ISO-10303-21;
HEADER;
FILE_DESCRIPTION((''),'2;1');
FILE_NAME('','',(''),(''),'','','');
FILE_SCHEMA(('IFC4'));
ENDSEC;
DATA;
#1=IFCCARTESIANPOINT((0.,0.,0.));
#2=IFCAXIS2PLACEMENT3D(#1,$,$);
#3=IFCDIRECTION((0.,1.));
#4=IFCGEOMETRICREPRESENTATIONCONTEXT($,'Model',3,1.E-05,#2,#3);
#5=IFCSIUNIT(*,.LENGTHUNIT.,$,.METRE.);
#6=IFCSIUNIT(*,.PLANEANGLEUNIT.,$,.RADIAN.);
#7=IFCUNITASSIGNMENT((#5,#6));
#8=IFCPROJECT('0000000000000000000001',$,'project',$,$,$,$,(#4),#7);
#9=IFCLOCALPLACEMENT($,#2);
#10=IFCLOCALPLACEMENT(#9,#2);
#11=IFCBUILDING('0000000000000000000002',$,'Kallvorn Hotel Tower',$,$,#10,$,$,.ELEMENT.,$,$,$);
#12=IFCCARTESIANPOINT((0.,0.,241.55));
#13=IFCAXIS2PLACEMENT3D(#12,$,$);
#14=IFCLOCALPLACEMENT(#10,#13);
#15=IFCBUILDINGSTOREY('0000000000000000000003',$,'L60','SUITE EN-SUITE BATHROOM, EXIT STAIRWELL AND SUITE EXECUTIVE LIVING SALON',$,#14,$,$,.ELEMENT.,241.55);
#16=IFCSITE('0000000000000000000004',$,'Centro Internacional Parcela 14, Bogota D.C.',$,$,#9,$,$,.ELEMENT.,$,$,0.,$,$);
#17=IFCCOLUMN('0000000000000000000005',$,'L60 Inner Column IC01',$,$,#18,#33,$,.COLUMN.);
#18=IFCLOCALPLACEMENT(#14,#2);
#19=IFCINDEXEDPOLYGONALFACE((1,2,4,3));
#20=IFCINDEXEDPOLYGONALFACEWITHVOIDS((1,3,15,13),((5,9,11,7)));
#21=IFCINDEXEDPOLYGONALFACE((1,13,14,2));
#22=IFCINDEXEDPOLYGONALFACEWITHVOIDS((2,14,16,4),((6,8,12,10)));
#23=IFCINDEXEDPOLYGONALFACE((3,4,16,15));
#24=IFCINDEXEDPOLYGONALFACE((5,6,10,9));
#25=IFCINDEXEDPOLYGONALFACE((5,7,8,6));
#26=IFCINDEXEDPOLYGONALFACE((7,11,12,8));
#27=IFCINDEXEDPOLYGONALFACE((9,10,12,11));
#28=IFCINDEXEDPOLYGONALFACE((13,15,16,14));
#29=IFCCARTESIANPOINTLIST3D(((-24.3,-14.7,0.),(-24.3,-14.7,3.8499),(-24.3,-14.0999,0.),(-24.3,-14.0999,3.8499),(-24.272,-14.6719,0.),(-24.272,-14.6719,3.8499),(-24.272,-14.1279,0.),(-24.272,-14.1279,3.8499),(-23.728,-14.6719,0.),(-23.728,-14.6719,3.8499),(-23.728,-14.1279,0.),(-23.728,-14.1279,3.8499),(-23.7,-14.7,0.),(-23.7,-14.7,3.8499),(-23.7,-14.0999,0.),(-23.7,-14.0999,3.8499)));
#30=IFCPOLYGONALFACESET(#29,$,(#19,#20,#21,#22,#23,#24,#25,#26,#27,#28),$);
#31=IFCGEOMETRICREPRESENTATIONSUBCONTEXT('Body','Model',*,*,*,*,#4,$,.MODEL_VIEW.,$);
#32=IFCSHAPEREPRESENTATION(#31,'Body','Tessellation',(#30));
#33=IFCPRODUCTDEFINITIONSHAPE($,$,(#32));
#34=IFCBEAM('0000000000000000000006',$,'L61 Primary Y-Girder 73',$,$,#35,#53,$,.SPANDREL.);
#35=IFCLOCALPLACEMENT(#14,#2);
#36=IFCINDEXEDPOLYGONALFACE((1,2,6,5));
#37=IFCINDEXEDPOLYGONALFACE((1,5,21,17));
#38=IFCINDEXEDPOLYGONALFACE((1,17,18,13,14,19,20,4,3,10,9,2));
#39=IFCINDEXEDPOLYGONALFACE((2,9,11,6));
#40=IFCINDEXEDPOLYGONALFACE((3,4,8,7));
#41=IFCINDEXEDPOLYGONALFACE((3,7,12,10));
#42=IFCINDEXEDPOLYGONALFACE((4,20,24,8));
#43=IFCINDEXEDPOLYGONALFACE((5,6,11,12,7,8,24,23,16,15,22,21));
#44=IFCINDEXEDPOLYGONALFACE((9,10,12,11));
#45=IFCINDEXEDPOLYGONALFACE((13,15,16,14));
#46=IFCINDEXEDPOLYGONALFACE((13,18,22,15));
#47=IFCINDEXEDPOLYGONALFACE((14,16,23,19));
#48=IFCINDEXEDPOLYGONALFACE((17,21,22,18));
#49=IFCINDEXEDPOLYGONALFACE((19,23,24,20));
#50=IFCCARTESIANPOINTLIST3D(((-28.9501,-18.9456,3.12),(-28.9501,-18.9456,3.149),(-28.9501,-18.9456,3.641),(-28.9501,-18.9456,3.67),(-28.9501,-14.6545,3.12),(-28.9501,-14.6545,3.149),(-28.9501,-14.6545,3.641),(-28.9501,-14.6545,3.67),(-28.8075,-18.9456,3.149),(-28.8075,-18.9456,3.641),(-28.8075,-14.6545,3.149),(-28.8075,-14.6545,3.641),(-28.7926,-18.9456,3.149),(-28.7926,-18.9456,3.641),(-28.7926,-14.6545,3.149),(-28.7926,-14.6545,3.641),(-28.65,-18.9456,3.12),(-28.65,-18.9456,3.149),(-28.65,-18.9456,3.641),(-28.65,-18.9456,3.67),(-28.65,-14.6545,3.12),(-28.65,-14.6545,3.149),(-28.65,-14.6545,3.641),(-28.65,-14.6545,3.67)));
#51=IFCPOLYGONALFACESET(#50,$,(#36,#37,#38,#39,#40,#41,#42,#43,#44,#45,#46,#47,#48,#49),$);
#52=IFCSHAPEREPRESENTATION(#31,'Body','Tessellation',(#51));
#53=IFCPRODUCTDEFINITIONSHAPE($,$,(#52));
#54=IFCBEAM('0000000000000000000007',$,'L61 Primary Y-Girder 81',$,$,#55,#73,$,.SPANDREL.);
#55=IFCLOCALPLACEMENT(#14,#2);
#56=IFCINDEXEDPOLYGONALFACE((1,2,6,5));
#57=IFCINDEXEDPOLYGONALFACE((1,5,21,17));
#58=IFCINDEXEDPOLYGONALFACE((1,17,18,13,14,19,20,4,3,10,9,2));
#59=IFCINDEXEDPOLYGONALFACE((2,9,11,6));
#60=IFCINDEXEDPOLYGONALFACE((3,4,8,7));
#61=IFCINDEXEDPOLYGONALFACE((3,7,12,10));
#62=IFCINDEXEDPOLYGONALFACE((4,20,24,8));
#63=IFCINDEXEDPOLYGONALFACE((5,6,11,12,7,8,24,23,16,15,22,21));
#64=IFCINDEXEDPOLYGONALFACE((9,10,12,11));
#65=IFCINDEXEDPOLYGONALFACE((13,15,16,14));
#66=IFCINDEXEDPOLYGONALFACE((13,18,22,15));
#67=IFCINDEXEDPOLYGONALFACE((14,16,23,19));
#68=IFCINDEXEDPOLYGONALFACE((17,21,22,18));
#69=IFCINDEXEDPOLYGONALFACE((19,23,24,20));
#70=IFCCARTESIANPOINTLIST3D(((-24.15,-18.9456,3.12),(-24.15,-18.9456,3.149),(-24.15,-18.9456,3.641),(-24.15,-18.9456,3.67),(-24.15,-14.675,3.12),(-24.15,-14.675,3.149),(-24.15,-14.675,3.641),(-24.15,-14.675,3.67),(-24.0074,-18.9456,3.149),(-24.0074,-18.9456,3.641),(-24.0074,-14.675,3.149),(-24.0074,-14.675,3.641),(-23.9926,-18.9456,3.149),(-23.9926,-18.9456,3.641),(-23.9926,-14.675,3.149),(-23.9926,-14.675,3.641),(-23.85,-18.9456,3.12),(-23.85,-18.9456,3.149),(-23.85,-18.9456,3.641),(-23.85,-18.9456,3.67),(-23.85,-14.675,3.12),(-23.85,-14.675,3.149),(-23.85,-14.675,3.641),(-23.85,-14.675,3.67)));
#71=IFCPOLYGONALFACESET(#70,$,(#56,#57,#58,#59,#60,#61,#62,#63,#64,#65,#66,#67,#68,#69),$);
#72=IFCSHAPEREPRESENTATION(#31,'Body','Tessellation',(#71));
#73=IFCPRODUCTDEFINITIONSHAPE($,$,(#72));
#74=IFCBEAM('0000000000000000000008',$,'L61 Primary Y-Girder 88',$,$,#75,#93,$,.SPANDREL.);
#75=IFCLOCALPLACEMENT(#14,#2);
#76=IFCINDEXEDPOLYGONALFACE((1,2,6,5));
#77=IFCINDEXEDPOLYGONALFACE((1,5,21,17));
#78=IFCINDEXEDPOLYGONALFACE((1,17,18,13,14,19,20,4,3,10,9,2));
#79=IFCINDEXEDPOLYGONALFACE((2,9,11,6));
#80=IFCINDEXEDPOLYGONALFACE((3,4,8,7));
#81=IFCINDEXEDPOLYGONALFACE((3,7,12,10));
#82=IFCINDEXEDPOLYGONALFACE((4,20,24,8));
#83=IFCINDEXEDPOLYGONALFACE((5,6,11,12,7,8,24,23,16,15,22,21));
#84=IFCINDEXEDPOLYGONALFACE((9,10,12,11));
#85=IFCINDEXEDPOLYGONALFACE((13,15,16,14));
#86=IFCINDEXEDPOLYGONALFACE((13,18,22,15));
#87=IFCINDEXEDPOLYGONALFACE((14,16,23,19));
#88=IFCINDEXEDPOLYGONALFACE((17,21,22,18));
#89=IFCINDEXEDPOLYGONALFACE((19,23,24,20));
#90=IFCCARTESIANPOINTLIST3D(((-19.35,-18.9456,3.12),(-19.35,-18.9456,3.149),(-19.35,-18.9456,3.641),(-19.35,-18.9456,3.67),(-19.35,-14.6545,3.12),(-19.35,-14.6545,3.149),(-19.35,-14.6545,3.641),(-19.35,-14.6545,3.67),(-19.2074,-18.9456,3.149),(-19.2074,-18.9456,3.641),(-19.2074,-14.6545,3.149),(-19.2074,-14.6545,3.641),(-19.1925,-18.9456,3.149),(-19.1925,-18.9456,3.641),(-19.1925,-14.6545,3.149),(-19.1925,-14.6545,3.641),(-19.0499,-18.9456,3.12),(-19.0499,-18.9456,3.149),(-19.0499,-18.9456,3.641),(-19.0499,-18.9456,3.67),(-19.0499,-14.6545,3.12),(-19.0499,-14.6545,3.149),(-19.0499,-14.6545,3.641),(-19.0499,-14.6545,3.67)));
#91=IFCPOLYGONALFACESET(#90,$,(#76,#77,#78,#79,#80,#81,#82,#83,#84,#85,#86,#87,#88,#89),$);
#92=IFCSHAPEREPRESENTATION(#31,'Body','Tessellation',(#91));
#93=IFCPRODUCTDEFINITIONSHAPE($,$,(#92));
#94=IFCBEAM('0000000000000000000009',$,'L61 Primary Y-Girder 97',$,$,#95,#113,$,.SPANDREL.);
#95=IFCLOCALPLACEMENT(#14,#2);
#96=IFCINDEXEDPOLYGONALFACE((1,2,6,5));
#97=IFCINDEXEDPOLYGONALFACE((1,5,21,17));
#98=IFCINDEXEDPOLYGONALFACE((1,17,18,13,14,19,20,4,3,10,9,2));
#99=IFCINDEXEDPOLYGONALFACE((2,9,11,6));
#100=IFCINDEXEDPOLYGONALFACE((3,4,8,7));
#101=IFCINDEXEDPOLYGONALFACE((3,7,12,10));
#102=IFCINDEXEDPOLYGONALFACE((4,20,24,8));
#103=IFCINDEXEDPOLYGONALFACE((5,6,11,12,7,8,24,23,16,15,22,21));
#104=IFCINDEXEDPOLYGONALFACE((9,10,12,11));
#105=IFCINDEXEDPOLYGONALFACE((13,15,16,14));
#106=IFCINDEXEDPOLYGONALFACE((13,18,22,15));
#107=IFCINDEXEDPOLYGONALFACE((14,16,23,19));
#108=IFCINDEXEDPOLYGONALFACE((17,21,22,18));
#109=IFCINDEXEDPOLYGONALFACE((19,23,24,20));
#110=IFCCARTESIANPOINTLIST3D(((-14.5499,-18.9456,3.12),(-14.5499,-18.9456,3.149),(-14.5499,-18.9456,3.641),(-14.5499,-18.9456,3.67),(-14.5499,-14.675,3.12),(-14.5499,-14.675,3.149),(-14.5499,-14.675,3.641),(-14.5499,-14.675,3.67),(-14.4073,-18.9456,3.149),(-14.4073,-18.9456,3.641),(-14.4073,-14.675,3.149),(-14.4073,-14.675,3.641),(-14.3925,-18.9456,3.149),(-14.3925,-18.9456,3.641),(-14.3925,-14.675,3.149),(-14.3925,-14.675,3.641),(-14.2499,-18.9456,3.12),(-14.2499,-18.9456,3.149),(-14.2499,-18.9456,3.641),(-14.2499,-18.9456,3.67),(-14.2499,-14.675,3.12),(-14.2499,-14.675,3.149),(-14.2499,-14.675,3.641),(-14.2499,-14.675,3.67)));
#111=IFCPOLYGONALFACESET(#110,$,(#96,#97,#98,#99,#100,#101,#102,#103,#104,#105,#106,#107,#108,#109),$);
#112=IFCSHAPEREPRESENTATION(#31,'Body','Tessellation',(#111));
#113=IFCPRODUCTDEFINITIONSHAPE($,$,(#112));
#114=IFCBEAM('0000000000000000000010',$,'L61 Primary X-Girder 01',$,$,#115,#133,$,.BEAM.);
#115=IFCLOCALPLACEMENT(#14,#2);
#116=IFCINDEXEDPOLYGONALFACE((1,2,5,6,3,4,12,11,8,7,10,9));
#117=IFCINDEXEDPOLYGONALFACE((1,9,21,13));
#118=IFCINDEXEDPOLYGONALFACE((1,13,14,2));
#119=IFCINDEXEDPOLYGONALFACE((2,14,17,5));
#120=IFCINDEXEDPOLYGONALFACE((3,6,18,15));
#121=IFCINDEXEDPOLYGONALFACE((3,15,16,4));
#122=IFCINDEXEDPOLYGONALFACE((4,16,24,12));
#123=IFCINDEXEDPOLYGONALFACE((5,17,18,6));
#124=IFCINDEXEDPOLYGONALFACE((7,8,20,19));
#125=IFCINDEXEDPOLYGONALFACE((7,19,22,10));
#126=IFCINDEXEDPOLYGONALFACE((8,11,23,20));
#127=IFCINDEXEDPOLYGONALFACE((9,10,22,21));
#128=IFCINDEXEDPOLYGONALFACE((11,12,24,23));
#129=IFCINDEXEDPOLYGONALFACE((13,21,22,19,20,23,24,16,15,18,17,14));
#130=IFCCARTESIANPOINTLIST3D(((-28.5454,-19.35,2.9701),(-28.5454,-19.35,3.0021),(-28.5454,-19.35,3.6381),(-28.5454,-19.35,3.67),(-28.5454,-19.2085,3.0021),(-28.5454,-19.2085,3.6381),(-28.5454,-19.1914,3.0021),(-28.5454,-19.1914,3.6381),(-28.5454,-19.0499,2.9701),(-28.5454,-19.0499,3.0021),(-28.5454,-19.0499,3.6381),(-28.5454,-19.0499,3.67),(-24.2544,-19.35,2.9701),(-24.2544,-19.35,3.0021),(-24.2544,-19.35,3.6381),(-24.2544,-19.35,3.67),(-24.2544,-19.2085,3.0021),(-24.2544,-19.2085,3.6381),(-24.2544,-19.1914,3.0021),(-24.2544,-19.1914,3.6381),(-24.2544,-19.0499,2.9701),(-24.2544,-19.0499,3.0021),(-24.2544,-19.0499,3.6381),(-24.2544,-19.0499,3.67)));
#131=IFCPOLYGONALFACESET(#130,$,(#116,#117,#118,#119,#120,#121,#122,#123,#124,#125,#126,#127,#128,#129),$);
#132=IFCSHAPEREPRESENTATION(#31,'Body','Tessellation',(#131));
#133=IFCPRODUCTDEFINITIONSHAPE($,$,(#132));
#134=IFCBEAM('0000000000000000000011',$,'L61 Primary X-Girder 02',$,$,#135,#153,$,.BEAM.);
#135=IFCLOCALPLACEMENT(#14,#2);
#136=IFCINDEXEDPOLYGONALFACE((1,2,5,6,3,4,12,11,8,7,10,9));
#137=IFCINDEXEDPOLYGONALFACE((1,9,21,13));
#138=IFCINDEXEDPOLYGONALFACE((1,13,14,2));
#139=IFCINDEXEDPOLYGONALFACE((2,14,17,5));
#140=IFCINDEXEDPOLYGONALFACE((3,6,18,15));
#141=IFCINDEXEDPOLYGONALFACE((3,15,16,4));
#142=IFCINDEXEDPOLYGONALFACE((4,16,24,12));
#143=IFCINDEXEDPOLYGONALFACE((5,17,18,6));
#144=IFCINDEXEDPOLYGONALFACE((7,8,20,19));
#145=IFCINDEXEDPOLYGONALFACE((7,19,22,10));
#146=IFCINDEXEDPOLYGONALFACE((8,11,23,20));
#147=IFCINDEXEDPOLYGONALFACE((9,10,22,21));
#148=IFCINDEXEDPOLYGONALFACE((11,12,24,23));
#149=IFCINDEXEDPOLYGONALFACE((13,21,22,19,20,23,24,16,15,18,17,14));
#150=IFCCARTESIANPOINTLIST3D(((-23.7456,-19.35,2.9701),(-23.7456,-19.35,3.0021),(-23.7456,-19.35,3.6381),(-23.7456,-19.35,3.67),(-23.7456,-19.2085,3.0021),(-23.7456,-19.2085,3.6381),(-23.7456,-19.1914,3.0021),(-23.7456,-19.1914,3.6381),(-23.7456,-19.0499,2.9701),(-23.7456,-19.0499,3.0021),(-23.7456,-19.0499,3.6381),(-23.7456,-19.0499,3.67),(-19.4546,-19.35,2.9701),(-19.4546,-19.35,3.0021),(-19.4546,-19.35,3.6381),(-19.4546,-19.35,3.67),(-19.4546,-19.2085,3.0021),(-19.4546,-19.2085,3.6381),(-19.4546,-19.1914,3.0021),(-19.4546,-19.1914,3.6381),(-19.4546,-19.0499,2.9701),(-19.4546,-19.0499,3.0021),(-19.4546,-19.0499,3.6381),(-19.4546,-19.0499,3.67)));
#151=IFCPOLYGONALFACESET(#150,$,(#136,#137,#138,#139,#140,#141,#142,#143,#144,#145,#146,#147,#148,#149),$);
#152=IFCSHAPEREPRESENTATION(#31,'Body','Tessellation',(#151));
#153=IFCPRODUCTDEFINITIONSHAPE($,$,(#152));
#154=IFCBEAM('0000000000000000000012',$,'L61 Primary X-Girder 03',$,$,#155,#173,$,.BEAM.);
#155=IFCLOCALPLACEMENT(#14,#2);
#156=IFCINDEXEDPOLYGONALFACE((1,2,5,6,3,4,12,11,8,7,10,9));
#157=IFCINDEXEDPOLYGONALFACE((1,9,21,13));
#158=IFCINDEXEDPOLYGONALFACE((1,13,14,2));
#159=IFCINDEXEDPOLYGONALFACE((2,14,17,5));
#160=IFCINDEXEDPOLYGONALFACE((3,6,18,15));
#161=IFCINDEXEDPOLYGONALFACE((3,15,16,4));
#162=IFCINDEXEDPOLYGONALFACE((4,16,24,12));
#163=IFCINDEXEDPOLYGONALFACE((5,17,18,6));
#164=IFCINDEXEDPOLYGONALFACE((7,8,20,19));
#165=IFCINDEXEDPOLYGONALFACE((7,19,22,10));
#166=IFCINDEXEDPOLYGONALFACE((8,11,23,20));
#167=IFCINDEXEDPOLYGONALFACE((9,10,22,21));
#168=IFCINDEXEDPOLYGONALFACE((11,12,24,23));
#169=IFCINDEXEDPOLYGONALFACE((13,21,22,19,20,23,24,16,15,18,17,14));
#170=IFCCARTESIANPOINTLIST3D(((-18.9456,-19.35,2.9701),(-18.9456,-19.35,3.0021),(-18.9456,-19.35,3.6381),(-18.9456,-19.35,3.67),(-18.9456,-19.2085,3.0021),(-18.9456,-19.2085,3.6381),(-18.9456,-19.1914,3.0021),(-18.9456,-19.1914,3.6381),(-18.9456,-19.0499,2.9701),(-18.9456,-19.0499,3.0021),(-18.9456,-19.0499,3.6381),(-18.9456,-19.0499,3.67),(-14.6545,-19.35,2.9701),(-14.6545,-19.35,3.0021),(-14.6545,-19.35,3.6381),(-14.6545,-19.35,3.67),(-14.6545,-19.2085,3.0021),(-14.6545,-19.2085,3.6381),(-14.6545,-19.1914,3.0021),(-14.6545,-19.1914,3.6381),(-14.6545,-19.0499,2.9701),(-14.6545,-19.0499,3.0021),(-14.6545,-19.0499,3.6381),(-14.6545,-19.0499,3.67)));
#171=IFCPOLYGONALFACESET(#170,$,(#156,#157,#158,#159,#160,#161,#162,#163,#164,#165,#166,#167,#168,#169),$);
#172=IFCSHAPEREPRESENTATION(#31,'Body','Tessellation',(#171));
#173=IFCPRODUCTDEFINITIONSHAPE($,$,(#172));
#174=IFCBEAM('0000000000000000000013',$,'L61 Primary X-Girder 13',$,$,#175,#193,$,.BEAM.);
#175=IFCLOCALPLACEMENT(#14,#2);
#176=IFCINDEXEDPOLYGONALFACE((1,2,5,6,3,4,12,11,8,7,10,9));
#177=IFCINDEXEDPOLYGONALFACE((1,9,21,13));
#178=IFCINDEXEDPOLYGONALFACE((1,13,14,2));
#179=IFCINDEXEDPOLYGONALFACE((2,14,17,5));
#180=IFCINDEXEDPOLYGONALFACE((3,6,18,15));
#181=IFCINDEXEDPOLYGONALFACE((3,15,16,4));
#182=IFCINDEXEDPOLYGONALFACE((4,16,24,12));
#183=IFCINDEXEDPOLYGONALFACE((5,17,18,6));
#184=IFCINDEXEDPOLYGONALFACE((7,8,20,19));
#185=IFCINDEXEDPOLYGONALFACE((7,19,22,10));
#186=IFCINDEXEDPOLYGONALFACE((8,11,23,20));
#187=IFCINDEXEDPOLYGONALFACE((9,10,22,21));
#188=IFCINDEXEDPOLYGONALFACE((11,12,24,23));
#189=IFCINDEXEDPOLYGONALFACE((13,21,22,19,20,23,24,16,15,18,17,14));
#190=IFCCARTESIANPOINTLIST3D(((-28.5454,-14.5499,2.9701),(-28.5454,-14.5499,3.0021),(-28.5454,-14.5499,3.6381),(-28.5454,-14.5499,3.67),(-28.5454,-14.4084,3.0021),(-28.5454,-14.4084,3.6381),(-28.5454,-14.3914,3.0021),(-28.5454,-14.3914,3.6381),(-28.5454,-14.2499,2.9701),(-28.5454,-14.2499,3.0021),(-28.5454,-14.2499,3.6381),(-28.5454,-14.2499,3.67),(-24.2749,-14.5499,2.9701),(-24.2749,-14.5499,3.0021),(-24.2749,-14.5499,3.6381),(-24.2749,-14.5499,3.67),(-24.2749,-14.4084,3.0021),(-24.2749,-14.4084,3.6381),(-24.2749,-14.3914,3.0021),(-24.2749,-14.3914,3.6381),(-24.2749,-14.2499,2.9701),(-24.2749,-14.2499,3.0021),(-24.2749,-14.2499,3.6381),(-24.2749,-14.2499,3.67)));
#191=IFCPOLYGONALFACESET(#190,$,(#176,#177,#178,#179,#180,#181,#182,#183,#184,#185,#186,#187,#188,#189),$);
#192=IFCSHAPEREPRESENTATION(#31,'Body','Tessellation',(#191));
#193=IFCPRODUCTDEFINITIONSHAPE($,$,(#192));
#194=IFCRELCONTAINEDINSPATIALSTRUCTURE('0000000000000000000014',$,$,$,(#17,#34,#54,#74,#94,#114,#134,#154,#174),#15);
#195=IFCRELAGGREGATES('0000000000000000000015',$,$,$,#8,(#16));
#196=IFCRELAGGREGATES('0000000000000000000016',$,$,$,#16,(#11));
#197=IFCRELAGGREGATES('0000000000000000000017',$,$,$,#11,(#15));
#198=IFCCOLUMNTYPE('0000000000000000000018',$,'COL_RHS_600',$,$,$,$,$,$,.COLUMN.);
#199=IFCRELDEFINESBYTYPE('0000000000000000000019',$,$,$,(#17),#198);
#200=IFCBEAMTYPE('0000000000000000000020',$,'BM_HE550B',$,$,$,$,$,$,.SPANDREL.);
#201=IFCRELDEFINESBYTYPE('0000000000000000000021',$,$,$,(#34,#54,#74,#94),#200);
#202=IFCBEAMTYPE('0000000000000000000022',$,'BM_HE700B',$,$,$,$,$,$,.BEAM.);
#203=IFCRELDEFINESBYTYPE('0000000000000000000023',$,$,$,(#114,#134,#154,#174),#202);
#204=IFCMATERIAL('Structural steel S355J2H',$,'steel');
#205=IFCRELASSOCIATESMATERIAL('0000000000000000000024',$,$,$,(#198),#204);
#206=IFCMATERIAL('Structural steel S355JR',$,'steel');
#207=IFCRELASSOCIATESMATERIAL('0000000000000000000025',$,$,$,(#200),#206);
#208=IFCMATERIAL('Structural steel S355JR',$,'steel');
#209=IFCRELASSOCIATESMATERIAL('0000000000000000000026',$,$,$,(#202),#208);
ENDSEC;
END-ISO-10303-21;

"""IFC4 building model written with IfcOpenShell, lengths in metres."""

from ifc_helpers import new_model, si_unit, direction, frame, origin, origin_2d, place, context, subcontext, project, spatial, hollow_rectangle, i_section, extrude, material, material_profile, profile_set, type_object, element, save


model = new_model("IFC4")

# Units and contexts
model_context = context("Model", 3, precision=1e-05, world=origin(), true_north=direction((0.0, 1.0)))
body_context = subcontext(model_context, "Body", "Model", "MODEL_VIEW")
ifc_project = project(units=[si_unit("LENGTHUNIT", "METRE"), si_unit("PLANEANGLEUNIT", "RADIAN")], contexts=[model_context])

# Site, building, storey
site_placement = place(None, origin())
site = spatial("IfcSite", under=ifc_project, at=site_placement, Name="Centro Internacional Parcela 14, Bogota D.C.", CompositionType="ELEMENT", RefElevation=0.0)
building_placement = place(site_placement, origin())
building = spatial("IfcBuilding", under=site, at=building_placement, Name="Kallvorn Hotel Tower", CompositionType="ELEMENT")
storey_placement = place(building_placement, frame((0.0, 0.0, 241.55)))
storey = spatial("IfcBuildingStorey", under=building, at=storey_placement, Name="L60", Description="SUITE EN-SUITE BATHROOM, EXIT STAIRWELL AND SUITE EXECUTIVE LIVING SALON", CompositionType="ELEMENT", Elevation=241.55)

# Column
ifc_material_1 = material(Name="Structural steel S355J2H", Category="steel")
ifc_material_profile_1 = material_profile(ifc_material_1, hollow_rectangle(XDim=0.6001, YDim=0.6001, WallThickness=0.0281, at=origin_2d()), Name="RHS 600x600x28")
ifc_profile_set_1 = profile_set([ifc_material_profile_1], Name="Structural steel S355J2H")
column_type_1 = type_object("IfcColumnType", Name="COL_RHS_600", PredefinedType="COLUMN", material=ifc_profile_set_1)
column_placement = place(storey_placement, frame((-24.0, -14.3999, 0.0), z_axis=(0.0, 0.0, 1.0), x_axis=(1.0, 0.0, 0.0)))
element("IfcColumn", 1, at=column_placement, inside=storey, type_object=column_type_1, Name="L60 Inner Column IC01", PredefinedType="COLUMN", context=body_context, shape_type="SweptSolid", body=[
    extrude(hollow_rectangle(XDim=0.6001, YDim=0.6001, WallThickness=0.0281, at=origin_2d()), origin(), (0.0, 0.0, 1.0), 3.8499),
])

# Beams
ifc_material_2 = material(Name="Structural steel S355JR", Category="steel")
ifc_material_profile_2 = material_profile(ifc_material_2, i_section(OverallWidth=0.3, OverallDepth=0.55, WebThickness=0.0149, FlangeThickness=0.0291, at=origin_2d()), Name="HE 550 B")
ifc_profile_set_2 = profile_set([ifc_material_profile_2], Name="Structural steel S355JR")
beam_type_1 = type_object("IfcBeamType", Name="BM_HE550B", PredefinedType="SPANDREL", material=ifc_profile_set_2)
beam_1_placement = place(storey_placement, frame((-28.8, -18.9456, 3.395), z_axis=(0.0, 1.0, 0.0), x_axis=(-1.0, 0.0, 0.0)))
element("IfcBeam", 2, at=beam_1_placement, inside=storey, type_object=beam_type_1, Name="L61 Primary Y-Girder 73", PredefinedType="SPANDREL", context=body_context, shape_type="SweptSolid", body=[
    extrude(i_section(OverallWidth=0.3, OverallDepth=0.55, WebThickness=0.0149, FlangeThickness=0.0291, at=origin_2d()), origin(), (0.0, 0.0, 1.0), 4.291),
])
beam_2_placement = place(storey_placement, frame((-24.0, -18.9456, 3.395), z_axis=(0.0, 1.0, 0.0), x_axis=(-1.0, 0.0, 0.0)))
element("IfcBeam", 3, at=beam_2_placement, inside=storey, type_object=beam_type_1, Name="L61 Primary Y-Girder 81", PredefinedType="SPANDREL", context=body_context, shape_type="SweptSolid", body=[
    extrude(i_section(OverallWidth=0.3, OverallDepth=0.55, WebThickness=0.0149, FlangeThickness=0.0291, at=origin_2d()), origin(), (0.0, 0.0, 1.0), 4.2705),
])
beam_3_placement = place(storey_placement, frame((-19.2, -18.9456, 3.395), z_axis=(0.0, 1.0, 0.0), x_axis=(-1.0, 0.0, 0.0)))
element("IfcBeam", 4, at=beam_3_placement, inside=storey, type_object=beam_type_1, Name="L61 Primary Y-Girder 88", PredefinedType="SPANDREL", context=body_context, shape_type="SweptSolid", body=[
    extrude(i_section(OverallWidth=0.3, OverallDepth=0.55, WebThickness=0.0149, FlangeThickness=0.0291, at=origin_2d()), origin(), (0.0, 0.0, 1.0), 4.291),
])
beam_4_placement = place(storey_placement, frame((-14.3999, -18.9456, 3.395), z_axis=(0.0, 1.0, 0.0), x_axis=(-1.0, 0.0, 0.0)))
element("IfcBeam", 5, at=beam_4_placement, inside=storey, type_object=beam_type_1, Name="L61 Primary Y-Girder 97", PredefinedType="SPANDREL", context=body_context, shape_type="SweptSolid", body=[
    extrude(i_section(OverallWidth=0.3, OverallDepth=0.55, WebThickness=0.0149, FlangeThickness=0.0291, at=origin_2d()), origin(), (0.0, 0.0, 1.0), 4.2705),
])
ifc_material_3 = material(Name="Structural steel S355JR", Category="steel")
ifc_material_profile_3 = material_profile(ifc_material_3, i_section(OverallWidth=0.3, OverallDepth=0.7, WebThickness=0.0171, FlangeThickness=0.032, at=origin_2d()), Name="HE 700 B")
ifc_profile_set_3 = profile_set([ifc_material_profile_3], Name="Structural steel S355JR")
beam_type_2 = type_object("IfcBeamType", Name="BM_HE700B", PredefinedType="BEAM", material=ifc_profile_set_3)
for number, where, z_axis, x_axis, name in (
    (6, (-28.5454, -19.2, 3.3201), (1.0, 0.0, 0.0), (0.0, 1.0, 0.0), "L61 Primary X-Girder 01"),
    (7, (-23.7456, -19.2, 3.3201), (1.0, 0.0, 0.0), (0.0, 1.0, 0.0), "L61 Primary X-Girder 02"),
    (8, (-18.9456, -19.2, 3.3201), (1.0, 0.0, 0.0), (0.0, 1.0, 0.0), "L61 Primary X-Girder 03"),
):
    element("IfcBeam", number, at=place(storey_placement, frame(where, z_axis=z_axis, x_axis=x_axis)), inside=storey, type_object=beam_type_2, Name=name, PredefinedType="BEAM", context=body_context, shape_type="SweptSolid", body=[
        extrude(i_section(OverallWidth=0.3, OverallDepth=0.7, WebThickness=0.0171, FlangeThickness=0.032, at=origin_2d()), origin(), (0.0, 0.0, 1.0), 4.291),
    ])
for number, where, z_axis, x_axis, name in (
    (9, (-28.5454, -14.3999, 3.3201), (1.0, 0.0, 0.0), (0.0, 1.0, 0.0), "L61 Primary X-Girder 13"),
):
    element("IfcBeam", number, at=place(storey_placement, frame(where, z_axis=z_axis, x_axis=x_axis)), inside=storey, type_object=beam_type_2, Name=name, PredefinedType="BEAM", context=body_context, shape_type="SweptSolid", body=[
        extrude(i_section(OverallWidth=0.3, OverallDepth=0.7, WebThickness=0.0171, FlangeThickness=0.032, at=origin_2d()), origin(), (0.0, 0.0, 1.0), 4.2705),
    ])

save(model, "model.ifc")
